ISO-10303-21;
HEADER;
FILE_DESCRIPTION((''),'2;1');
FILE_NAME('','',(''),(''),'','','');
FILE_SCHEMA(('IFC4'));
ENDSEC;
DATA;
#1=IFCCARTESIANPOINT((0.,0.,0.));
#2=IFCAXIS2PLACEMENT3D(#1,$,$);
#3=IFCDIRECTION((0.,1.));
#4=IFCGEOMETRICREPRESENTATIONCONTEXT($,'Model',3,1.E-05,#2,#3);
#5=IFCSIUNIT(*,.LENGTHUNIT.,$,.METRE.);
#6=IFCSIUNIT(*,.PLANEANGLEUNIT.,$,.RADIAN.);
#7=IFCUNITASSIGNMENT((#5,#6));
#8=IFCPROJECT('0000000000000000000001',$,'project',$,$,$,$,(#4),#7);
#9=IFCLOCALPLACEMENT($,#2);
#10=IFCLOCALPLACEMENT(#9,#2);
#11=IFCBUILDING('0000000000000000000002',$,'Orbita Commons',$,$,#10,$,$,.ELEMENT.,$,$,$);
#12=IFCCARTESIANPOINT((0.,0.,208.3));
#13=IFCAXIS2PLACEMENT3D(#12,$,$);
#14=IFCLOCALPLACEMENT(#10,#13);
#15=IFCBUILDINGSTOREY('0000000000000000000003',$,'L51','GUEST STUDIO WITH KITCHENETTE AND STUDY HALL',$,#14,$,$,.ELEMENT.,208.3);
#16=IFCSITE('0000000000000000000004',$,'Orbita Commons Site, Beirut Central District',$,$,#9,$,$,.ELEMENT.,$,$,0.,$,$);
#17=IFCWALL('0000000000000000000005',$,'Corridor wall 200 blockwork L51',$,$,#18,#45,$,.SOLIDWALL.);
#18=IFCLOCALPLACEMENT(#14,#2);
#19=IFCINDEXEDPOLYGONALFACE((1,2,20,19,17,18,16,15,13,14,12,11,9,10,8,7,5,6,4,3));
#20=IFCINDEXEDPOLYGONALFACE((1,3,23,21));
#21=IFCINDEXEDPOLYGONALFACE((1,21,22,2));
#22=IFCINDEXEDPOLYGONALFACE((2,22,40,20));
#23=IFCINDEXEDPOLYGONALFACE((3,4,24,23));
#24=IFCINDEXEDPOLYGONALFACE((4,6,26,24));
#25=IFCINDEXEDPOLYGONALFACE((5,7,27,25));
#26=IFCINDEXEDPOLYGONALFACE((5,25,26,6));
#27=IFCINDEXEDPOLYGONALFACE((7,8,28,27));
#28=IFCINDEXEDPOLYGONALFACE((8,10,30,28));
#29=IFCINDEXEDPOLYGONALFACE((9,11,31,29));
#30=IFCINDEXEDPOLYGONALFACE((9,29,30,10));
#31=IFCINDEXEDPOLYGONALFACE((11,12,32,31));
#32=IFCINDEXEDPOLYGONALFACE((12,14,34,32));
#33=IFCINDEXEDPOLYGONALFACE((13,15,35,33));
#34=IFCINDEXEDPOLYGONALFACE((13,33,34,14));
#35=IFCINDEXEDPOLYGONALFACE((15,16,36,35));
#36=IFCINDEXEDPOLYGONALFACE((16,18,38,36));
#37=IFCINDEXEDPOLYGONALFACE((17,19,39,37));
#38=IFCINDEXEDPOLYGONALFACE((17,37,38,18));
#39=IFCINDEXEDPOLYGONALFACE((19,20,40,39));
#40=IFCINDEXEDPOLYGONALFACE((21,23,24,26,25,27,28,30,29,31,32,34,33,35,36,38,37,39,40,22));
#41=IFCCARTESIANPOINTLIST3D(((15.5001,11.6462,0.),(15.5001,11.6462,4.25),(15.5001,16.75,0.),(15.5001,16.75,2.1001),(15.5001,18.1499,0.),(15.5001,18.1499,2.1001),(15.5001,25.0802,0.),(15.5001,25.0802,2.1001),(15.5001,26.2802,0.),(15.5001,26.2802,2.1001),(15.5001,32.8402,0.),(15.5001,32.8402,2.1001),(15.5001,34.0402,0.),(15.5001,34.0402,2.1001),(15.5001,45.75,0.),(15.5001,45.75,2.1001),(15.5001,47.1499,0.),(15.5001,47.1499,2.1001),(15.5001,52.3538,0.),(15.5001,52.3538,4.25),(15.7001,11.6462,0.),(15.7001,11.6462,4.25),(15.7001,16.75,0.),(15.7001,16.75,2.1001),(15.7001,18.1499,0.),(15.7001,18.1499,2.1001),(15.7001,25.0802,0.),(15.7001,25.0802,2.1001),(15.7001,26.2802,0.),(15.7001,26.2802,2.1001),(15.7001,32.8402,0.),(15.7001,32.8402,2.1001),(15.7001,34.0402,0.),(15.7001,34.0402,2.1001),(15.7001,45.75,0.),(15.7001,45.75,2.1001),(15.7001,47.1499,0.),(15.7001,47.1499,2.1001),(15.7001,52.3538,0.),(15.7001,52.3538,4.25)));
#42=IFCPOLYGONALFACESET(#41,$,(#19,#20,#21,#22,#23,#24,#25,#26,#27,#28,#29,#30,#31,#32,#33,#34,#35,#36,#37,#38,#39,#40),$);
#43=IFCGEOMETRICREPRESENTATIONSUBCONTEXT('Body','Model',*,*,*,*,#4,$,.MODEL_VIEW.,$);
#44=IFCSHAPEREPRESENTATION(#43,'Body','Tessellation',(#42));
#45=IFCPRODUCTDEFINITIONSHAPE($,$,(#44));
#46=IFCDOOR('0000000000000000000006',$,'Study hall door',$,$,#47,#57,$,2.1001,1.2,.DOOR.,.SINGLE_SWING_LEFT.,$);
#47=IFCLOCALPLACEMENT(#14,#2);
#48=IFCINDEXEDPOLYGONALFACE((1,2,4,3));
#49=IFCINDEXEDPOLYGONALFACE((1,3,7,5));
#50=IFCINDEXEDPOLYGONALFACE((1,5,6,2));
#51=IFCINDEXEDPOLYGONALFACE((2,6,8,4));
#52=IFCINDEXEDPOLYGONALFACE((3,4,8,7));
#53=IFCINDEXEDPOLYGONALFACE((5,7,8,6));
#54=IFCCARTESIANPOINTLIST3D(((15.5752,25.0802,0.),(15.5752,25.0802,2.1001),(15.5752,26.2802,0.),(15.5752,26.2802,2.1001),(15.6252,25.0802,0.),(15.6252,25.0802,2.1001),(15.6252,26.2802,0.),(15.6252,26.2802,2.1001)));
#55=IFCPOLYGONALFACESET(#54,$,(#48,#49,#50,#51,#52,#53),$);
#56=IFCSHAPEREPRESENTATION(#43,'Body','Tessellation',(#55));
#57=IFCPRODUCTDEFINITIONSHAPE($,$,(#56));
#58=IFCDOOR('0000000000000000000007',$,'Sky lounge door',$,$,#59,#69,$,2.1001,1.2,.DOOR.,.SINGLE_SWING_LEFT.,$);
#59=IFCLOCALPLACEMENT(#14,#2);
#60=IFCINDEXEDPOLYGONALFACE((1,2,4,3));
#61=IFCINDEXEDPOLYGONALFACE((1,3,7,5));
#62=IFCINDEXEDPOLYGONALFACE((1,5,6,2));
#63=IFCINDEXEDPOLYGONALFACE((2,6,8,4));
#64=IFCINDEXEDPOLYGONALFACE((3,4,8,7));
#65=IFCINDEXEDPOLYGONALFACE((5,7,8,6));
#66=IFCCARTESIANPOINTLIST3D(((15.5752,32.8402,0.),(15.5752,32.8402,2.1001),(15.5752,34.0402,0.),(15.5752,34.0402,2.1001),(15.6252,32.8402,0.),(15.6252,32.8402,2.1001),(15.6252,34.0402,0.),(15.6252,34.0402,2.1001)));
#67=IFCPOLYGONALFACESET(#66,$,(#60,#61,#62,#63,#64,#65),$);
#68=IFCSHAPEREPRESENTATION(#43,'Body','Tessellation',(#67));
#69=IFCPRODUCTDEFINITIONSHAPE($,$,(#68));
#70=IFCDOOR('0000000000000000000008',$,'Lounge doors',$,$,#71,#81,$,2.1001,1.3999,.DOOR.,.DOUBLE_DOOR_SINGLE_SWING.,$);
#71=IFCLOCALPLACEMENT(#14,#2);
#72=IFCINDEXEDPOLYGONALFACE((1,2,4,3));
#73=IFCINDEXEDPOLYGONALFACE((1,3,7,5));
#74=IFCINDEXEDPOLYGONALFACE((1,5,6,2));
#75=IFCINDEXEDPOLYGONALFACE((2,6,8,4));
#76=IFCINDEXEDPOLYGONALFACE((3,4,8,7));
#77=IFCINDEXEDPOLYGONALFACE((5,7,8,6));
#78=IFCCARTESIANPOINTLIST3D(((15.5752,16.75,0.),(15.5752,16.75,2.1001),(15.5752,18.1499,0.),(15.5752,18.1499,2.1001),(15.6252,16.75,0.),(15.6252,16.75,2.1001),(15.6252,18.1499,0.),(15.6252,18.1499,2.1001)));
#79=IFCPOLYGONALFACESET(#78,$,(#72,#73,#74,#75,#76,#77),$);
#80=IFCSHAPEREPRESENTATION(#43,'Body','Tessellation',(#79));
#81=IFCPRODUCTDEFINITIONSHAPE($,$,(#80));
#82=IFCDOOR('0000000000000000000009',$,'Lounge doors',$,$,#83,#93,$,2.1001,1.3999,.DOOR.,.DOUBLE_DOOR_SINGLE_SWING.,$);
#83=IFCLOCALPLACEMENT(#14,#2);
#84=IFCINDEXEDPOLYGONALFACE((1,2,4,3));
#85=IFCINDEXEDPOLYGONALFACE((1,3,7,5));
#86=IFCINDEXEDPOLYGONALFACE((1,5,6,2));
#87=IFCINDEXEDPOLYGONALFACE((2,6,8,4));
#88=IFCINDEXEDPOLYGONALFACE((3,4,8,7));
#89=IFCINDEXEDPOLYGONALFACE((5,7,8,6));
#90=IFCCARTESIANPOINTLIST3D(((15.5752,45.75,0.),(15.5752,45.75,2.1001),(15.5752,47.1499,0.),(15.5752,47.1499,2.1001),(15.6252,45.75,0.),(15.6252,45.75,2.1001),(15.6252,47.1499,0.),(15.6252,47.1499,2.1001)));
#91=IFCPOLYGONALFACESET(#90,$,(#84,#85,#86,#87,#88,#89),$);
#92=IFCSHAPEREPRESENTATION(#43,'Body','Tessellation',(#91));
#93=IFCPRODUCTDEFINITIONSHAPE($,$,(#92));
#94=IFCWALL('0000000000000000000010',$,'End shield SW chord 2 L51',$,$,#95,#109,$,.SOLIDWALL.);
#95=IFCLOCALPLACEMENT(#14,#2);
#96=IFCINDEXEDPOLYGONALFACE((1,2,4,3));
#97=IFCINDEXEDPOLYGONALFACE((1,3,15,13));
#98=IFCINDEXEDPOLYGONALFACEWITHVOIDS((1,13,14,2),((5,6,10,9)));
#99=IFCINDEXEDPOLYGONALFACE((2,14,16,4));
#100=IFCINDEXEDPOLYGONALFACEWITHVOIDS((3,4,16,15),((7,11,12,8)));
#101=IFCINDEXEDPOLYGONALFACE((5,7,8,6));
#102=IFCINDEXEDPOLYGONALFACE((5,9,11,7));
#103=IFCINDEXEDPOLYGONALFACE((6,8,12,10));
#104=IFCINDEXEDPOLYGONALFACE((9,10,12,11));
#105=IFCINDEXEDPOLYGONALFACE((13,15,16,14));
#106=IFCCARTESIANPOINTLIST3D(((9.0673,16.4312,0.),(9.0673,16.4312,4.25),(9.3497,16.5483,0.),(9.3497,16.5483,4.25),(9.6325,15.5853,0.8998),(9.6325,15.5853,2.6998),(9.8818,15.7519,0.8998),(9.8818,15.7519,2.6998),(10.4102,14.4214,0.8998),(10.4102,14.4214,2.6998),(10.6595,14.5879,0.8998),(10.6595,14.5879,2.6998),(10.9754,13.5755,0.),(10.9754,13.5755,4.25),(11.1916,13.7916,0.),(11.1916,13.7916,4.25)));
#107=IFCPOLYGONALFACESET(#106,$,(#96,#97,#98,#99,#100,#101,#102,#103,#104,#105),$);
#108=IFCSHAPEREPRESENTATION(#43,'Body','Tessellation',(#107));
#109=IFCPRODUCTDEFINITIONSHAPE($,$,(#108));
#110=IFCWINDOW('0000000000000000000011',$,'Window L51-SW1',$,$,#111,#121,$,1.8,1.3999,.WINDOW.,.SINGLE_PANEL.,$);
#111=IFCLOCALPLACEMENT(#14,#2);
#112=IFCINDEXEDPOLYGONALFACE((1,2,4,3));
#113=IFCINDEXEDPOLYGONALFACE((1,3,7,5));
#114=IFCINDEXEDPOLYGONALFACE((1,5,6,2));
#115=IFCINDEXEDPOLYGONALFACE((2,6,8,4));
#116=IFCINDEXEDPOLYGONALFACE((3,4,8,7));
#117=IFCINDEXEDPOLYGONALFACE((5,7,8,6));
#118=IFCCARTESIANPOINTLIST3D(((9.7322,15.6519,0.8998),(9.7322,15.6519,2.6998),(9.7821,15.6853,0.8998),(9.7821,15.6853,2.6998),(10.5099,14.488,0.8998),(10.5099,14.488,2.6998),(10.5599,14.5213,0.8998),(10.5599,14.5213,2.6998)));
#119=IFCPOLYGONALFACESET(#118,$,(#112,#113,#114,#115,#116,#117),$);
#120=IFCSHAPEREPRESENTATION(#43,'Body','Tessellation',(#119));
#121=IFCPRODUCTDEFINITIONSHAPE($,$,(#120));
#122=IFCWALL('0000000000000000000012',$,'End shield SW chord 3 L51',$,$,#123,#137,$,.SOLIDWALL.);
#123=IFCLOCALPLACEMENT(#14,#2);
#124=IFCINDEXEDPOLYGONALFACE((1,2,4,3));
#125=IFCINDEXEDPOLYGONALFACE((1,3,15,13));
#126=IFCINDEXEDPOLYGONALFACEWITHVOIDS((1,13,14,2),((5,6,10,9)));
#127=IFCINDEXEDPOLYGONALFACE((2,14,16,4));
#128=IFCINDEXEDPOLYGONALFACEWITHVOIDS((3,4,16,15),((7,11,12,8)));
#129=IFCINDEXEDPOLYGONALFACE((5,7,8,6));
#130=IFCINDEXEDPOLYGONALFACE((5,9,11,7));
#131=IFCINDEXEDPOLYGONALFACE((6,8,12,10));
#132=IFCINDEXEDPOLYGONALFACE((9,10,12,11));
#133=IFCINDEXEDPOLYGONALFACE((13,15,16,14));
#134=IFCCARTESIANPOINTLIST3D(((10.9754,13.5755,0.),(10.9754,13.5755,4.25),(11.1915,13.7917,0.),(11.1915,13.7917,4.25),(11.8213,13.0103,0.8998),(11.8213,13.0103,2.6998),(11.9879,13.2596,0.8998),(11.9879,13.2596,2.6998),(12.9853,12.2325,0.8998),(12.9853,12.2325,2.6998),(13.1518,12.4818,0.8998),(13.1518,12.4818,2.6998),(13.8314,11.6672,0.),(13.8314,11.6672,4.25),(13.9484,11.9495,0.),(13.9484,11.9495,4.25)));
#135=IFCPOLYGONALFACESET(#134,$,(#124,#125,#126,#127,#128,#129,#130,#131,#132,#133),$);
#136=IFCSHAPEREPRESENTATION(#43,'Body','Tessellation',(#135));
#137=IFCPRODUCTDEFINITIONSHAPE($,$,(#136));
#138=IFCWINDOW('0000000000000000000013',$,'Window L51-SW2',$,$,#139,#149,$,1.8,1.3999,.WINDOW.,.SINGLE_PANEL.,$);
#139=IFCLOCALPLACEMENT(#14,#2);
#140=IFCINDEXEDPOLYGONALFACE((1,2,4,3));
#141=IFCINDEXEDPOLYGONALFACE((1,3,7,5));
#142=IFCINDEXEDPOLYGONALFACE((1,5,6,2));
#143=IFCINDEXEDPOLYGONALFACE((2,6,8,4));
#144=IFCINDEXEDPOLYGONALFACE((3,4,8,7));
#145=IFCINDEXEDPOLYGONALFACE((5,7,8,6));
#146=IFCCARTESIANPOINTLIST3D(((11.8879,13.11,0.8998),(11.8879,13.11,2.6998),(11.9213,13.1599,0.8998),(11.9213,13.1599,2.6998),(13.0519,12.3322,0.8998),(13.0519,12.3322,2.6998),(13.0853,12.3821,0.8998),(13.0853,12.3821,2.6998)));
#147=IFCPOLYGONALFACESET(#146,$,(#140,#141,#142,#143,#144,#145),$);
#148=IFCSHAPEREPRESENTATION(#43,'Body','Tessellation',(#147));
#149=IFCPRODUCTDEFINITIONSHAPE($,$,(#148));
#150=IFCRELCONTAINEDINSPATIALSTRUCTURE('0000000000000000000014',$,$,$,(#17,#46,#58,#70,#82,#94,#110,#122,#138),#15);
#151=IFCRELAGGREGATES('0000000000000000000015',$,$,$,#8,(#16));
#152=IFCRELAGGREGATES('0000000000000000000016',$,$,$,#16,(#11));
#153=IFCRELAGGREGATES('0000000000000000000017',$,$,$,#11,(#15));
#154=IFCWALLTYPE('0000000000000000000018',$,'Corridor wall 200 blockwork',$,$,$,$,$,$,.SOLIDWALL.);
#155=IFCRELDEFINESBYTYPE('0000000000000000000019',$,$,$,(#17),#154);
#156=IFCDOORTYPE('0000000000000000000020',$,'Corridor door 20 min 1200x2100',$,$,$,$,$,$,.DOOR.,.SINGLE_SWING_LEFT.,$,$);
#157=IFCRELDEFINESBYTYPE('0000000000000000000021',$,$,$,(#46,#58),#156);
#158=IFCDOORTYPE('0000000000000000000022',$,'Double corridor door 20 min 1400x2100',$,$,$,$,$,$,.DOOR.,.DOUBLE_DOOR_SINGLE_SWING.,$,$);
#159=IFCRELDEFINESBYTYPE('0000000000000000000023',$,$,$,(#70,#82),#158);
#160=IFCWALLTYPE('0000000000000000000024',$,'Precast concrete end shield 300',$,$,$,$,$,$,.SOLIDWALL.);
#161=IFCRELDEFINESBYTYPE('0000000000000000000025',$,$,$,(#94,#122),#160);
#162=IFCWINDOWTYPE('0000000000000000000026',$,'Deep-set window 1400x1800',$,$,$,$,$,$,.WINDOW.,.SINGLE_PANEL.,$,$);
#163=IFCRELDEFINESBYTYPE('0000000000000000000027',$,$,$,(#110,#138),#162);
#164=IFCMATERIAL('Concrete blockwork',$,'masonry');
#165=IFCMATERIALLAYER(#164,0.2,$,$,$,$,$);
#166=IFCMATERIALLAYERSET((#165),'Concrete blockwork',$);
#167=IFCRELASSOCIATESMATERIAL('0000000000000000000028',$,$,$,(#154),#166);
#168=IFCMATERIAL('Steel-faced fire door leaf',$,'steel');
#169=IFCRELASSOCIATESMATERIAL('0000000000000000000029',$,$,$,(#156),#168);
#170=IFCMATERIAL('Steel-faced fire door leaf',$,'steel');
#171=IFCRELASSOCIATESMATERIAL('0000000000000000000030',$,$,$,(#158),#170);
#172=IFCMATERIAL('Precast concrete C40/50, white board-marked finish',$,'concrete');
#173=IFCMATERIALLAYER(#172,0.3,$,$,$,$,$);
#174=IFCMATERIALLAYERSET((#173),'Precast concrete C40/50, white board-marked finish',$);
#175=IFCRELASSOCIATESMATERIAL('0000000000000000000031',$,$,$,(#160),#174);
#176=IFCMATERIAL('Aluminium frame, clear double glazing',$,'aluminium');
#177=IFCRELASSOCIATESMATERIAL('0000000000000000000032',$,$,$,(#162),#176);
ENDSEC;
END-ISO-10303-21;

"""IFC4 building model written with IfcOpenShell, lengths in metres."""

from ifc_helpers import new_model, si_unit, direction, frame, frame_2d, origin, place, context, subcontext, project, spatial, polyline, rectangle, outline, extrude, material, layer, layer_set, type_object, element, fill, save


model = new_model("IFC4")

# Units and contexts
model_context = context("Model", 3, precision=1e-05, world=origin(), true_north=direction((0.0, 1.0)))
body_context = subcontext(model_context, "Body", "Model", "MODEL_VIEW")
ifc_project = project(units=[si_unit("LENGTHUNIT", "METRE"), si_unit("PLANEANGLEUNIT", "RADIAN")], contexts=[model_context])

# Site, building, storey
site_placement = place(None, origin())
site = spatial("IfcSite", under=ifc_project, at=site_placement, Name="Orbita Commons Site, Beirut Central District", CompositionType="ELEMENT", RefElevation=0.0)
building_placement = place(site_placement, origin())
building = spatial("IfcBuilding", under=site, at=building_placement, Name="Orbita Commons", CompositionType="ELEMENT")
storey_placement = place(building_placement, frame((0.0, 0.0, 208.3)))
storey = spatial("IfcBuildingStorey", under=building, at=storey_placement, Name="L51", Description="GUEST STUDIO WITH KITCHENETTE AND STUDY HALL", CompositionType="ELEMENT", Elevation=208.3)

# Shared definitions
ifc_material_1 = material(Name="Concrete blockwork", Category="masonry")
ifc_layer_1 = layer(ifc_material_1, 0.2)
ifc_layer_set_1 = layer_set([ifc_layer_1], Name="Concrete blockwork")
wall_type_1 = type_object("IfcWallType", Name="Corridor wall 200 blockwork", PredefinedType="SOLIDWALL", material=ifc_layer_set_1)

# Wall, openings, doors
wall_1_placement = place(storey_placement, frame((15.6001, 11.6462, 0.0), z_axis=(0.0, 0.0, 1.0), x_axis=(0.0, 1.0, 0.0)))
wall_1 = element("IfcWall", 1, at=wall_1_placement, inside=storey, type_object=wall_type_1, Name="Corridor wall 200 blockwork L51", PredefinedType="SOLIDWALL", context=body_context, shape_type="SweptSolid", body=[
    extrude(rectangle(XDim=40.7075, YDim=0.2, at=frame_2d((20.3538, 0.0))), origin(), (0.0, 0.0, 1.0), 4.25),
])
opening_1_placement = place(wall_1_placement, frame((13.4338, 0.0, 0.0)))
opening_1 = element("IfcOpeningElement", 2, at=opening_1_placement, cuts=wall_1, PredefinedType="OPENING", context=body_context, shape_type="SweptSolid", body=[
    extrude(rectangle(XDim=1.2, YDim=2.1001, at=frame_2d((0.6001, 1.05))), frame((0.0, 0.1099, 0.0), z_axis=(0.0, -1.0, 0.0), x_axis=(1.0, 0.0, 0.0)), (0.0, 0.0, 1.0), 0.22),
])
opening_2_placement = place(wall_1_placement, frame((21.1938, 0.0, 0.0)))
opening_2 = element("IfcOpeningElement", 3, at=opening_2_placement, cuts=wall_1, PredefinedType="OPENING", context=body_context, shape_type="SweptSolid", body=[
    extrude(rectangle(XDim=1.2, YDim=2.1001, at=frame_2d((0.6001, 1.05))), frame((0.0, 0.1099, 0.0), z_axis=(0.0, -1.0, 0.0), x_axis=(1.0, 0.0, 0.0)), (0.0, 0.0, 1.0), 0.22),
])
opening_3_placement = place(wall_1_placement, frame((5.1038, 0.0, 0.0)))
opening_3 = element("IfcOpeningElement", 4, at=opening_3_placement, cuts=wall_1, PredefinedType="OPENING", context=body_context, shape_type="SweptSolid", body=[
    extrude(rectangle(XDim=1.3999, YDim=2.1001, at=frame_2d((0.7, 1.05))), frame((0.0, 0.1099, 0.0), z_axis=(0.0, -1.0, 0.0), x_axis=(1.0, 0.0, 0.0)), (0.0, 0.0, 1.0), 0.22),
])
opening_4_placement = place(wall_1_placement, frame((34.1038, 0.0, 0.0)))
opening_4 = element("IfcOpeningElement", 5, at=opening_4_placement, cuts=wall_1, PredefinedType="OPENING", context=body_context, shape_type="SweptSolid", body=[
    extrude(rectangle(XDim=1.3999, YDim=2.1001, at=frame_2d((0.7, 1.05))), frame((0.0, 0.1099, 0.0), z_axis=(0.0, -1.0, 0.0), x_axis=(1.0, 0.0, 0.0)), (0.0, 0.0, 1.0), 0.22),
])
ifc_material_2 = material(Name="Steel-faced fire door leaf", Category="steel")
door_type_1 = type_object("IfcDoorType", Name="Corridor door 20 min 1200x2100", OperationType="SINGLE_SWING_LEFT", PredefinedType="DOOR", material=ifc_material_2)
door_1_placement = place(opening_1_placement, origin())
door_1 = element("IfcDoor", 6, at=door_1_placement, inside=storey, type_object=door_type_1, Name="Study hall door", OperationType="SINGLE_SWING_LEFT", OverallHeight=2.1001, OverallWidth=1.2, PredefinedType="DOOR", context=body_context, shape_type="SweptSolid", body=[
    extrude(rectangle(XDim=1.2, YDim=2.1001, at=frame_2d((0.6001, 1.05))), frame((0.0, 0.0249, 0.0), z_axis=(0.0, -1.0, 0.0), x_axis=(1.0, 0.0, 0.0)), (0.0, 0.0, 1.0), 0.05),
])
fill(opening_1, door_1)
door_2_placement = place(opening_2_placement, origin())
door_2 = element("IfcDoor", 7, at=door_2_placement, inside=storey, type_object=door_type_1, Name="Sky lounge door", OperationType="SINGLE_SWING_LEFT", OverallHeight=2.1001, OverallWidth=1.2, PredefinedType="DOOR", context=body_context, shape_type="SweptSolid", body=[
    extrude(rectangle(XDim=1.2, YDim=2.1001, at=frame_2d((0.6001, 1.05))), frame((0.0, 0.0249, 0.0), z_axis=(0.0, -1.0, 0.0), x_axis=(1.0, 0.0, 0.0)), (0.0, 0.0, 1.0), 0.05),
])
fill(opening_2, door_2)
ifc_material_3 = material(Name="Steel-faced fire door leaf", Category="steel")
door_type_2 = type_object("IfcDoorType", Name="Double corridor door 20 min 1400x2100", OperationType="DOUBLE_DOOR_SINGLE_SWING", PredefinedType="DOOR", material=ifc_material_3)
door_3_placement = place(opening_3_placement, origin())
door_3 = element("IfcDoor", 8, at=door_3_placement, inside=storey, type_object=door_type_2, Name="Lounge doors", OperationType="DOUBLE_DOOR_SINGLE_SWING", OverallHeight=2.1001, OverallWidth=1.3999, PredefinedType="DOOR", context=body_context, shape_type="SweptSolid", body=[
    extrude(rectangle(XDim=1.3999, YDim=2.1001, at=frame_2d((0.7, 1.05))), frame((0.0, 0.0249, 0.0), z_axis=(0.0, -1.0, 0.0), x_axis=(1.0, 0.0, 0.0)), (0.0, 0.0, 1.0), 0.05),
])
fill(opening_3, door_3)
door_4_placement = place(opening_4_placement, origin())
door_4 = element("IfcDoor", 9, at=door_4_placement, inside=storey, type_object=door_type_2, Name="Lounge doors", OperationType="DOUBLE_DOOR_SINGLE_SWING", OverallHeight=2.1001, OverallWidth=1.3999, PredefinedType="DOOR", context=body_context, shape_type="SweptSolid", body=[
    extrude(rectangle(XDim=1.3999, YDim=2.1001, at=frame_2d((0.7, 1.05))), frame((0.0, 0.0249, 0.0), z_axis=(0.0, -1.0, 0.0), x_axis=(1.0, 0.0, 0.0)), (0.0, 0.0, 1.0), 0.05),
])
fill(opening_4, door_4)

# Walls, openings, windows
ifc_material_4 = material(Name="Precast concrete C40/50, white board-marked finish", Category="concrete")
ifc_layer_2 = layer(ifc_material_4, 0.3)
ifc_layer_set_2 = layer_set([ifc_layer_2], Name="Precast concrete C40/50, white board-marked finish")
wall_type_2 = type_object("IfcWallType", Name="Precast concrete end shield 300", PredefinedType="SOLIDWALL", material=ifc_layer_set_2)
wall_2_placement = place(storey_placement, frame((9.2085, 16.4897, 0.0), z_axis=(0.0, 0.0, 1.0), x_axis=(0.555568, -0.831471, 0.0)))
wall_2 = element("IfcWall", 10, at=wall_2_placement, inside=storey, type_object=wall_type_2, Name="End shield SW chord 2 L51", PredefinedType="SOLIDWALL", context=body_context, shape_type="SweptSolid", body=[
    extrude(outline(polyline([(-0.0298, -0.1499), (3.4048, -0.1499), (3.3452, 0.1499), (0.0298, 0.1499), (-0.0298, -0.1499)])), origin(), (0.0, 0.0, 1.0), 4.25),
])
opening_5_placement = place(wall_2_placement, frame((0.9875, 0.0, 0.8999)))
opening_5 = element("IfcOpeningElement", 11, at=opening_5_placement, cuts=wall_2, PredefinedType="OPENING", context=body_context, shape_type="SweptSolid", body=[
    extrude(rectangle(XDim=1.3999, YDim=1.8, at=frame_2d((0.7, 0.8999))), frame((0.0, 0.1599, 0.0), z_axis=(0.0, -1.0, 0.0), x_axis=(1.0, 0.0, 0.0)), (0.0, 0.0, 1.0), 0.3201),
])
ifc_material_5 = material(Name="Aluminium frame, clear double glazing", Category="aluminium")
window_type = type_object("IfcWindowType", Name="Deep-set window 1400x1800", PartitioningType="SINGLE_PANEL", PredefinedType="WINDOW", material=ifc_material_5)
window_1_placement = place(opening_5_placement, origin())
window_1 = element("IfcWindow", 12, at=window_1_placement, inside=storey, type_object=window_type, Name="Window L51-SW1", OverallHeight=1.8, OverallWidth=1.3999, PartitioningType="SINGLE_PANEL", PredefinedType="WINDOW", context=body_context, shape_type="SweptSolid", body=[
    extrude(rectangle(XDim=1.3999, YDim=1.8, at=frame_2d((0.7, 0.8999))), frame((0.0, 0.03, 0.0), z_axis=(0.0, -1.0, 0.0), x_axis=(1.0, 0.0, 0.0)), (0.0, 0.0, 1.0), 0.0601),
])
fill(opening_5, window_1)
wall_3_placement = place(storey_placement, frame((11.0835, 13.6836, 0.0), z_axis=(0.0, 0.0, 1.0), x_axis=(0.83146, -0.555585, 0.0)))
wall_3 = element("IfcWall", 13, at=wall_3_placement, inside=storey, type_object=wall_type_2, Name="End shield SW chord 3 L51", PredefinedType="SOLIDWALL", context=body_context, shape_type="SweptSolid", body=[
    extrude(outline(polyline([(-0.0298, -0.1499), (3.405, -0.1499), (3.3455, 0.1499), (0.0298, 0.1499), (-0.0298, -0.1499)])), origin(), (0.0, 0.0, 1.0), 4.25),
])
opening_6_placement = place(wall_3_placement, frame((0.9875, 0.0, 0.8999)))
opening_6 = element("IfcOpeningElement", 14, at=opening_6_placement, cuts=wall_3, PredefinedType="OPENING", context=body_context, shape_type="SweptSolid", body=[
    extrude(rectangle(XDim=1.3999, YDim=1.8, at=frame_2d((0.7, 0.8999))), frame((0.0, 0.1599, 0.0), z_axis=(0.0, -1.0, 0.0), x_axis=(1.0, 0.0, 0.0)), (0.0, 0.0, 1.0), 0.3201),
])
window_2_placement = place(opening_6_placement, origin())
window_2 = element("IfcWindow", 15, at=window_2_placement, inside=storey, type_object=window_type, Name="Window L51-SW2", OverallHeight=1.8, OverallWidth=1.3999, PartitioningType="SINGLE_PANEL", PredefinedType="WINDOW", context=body_context, shape_type="SweptSolid", body=[
    extrude(rectangle(XDim=1.3999, YDim=1.8, at=frame_2d((0.7, 0.8999))), frame((0.0, 0.03, 0.0), z_axis=(0.0, -1.0, 0.0), x_axis=(1.0, 0.0, 0.0)), (0.0, 0.0, 1.0), 0.0601),
])
fill(opening_6, window_2)

save(model, "model.ifc")
